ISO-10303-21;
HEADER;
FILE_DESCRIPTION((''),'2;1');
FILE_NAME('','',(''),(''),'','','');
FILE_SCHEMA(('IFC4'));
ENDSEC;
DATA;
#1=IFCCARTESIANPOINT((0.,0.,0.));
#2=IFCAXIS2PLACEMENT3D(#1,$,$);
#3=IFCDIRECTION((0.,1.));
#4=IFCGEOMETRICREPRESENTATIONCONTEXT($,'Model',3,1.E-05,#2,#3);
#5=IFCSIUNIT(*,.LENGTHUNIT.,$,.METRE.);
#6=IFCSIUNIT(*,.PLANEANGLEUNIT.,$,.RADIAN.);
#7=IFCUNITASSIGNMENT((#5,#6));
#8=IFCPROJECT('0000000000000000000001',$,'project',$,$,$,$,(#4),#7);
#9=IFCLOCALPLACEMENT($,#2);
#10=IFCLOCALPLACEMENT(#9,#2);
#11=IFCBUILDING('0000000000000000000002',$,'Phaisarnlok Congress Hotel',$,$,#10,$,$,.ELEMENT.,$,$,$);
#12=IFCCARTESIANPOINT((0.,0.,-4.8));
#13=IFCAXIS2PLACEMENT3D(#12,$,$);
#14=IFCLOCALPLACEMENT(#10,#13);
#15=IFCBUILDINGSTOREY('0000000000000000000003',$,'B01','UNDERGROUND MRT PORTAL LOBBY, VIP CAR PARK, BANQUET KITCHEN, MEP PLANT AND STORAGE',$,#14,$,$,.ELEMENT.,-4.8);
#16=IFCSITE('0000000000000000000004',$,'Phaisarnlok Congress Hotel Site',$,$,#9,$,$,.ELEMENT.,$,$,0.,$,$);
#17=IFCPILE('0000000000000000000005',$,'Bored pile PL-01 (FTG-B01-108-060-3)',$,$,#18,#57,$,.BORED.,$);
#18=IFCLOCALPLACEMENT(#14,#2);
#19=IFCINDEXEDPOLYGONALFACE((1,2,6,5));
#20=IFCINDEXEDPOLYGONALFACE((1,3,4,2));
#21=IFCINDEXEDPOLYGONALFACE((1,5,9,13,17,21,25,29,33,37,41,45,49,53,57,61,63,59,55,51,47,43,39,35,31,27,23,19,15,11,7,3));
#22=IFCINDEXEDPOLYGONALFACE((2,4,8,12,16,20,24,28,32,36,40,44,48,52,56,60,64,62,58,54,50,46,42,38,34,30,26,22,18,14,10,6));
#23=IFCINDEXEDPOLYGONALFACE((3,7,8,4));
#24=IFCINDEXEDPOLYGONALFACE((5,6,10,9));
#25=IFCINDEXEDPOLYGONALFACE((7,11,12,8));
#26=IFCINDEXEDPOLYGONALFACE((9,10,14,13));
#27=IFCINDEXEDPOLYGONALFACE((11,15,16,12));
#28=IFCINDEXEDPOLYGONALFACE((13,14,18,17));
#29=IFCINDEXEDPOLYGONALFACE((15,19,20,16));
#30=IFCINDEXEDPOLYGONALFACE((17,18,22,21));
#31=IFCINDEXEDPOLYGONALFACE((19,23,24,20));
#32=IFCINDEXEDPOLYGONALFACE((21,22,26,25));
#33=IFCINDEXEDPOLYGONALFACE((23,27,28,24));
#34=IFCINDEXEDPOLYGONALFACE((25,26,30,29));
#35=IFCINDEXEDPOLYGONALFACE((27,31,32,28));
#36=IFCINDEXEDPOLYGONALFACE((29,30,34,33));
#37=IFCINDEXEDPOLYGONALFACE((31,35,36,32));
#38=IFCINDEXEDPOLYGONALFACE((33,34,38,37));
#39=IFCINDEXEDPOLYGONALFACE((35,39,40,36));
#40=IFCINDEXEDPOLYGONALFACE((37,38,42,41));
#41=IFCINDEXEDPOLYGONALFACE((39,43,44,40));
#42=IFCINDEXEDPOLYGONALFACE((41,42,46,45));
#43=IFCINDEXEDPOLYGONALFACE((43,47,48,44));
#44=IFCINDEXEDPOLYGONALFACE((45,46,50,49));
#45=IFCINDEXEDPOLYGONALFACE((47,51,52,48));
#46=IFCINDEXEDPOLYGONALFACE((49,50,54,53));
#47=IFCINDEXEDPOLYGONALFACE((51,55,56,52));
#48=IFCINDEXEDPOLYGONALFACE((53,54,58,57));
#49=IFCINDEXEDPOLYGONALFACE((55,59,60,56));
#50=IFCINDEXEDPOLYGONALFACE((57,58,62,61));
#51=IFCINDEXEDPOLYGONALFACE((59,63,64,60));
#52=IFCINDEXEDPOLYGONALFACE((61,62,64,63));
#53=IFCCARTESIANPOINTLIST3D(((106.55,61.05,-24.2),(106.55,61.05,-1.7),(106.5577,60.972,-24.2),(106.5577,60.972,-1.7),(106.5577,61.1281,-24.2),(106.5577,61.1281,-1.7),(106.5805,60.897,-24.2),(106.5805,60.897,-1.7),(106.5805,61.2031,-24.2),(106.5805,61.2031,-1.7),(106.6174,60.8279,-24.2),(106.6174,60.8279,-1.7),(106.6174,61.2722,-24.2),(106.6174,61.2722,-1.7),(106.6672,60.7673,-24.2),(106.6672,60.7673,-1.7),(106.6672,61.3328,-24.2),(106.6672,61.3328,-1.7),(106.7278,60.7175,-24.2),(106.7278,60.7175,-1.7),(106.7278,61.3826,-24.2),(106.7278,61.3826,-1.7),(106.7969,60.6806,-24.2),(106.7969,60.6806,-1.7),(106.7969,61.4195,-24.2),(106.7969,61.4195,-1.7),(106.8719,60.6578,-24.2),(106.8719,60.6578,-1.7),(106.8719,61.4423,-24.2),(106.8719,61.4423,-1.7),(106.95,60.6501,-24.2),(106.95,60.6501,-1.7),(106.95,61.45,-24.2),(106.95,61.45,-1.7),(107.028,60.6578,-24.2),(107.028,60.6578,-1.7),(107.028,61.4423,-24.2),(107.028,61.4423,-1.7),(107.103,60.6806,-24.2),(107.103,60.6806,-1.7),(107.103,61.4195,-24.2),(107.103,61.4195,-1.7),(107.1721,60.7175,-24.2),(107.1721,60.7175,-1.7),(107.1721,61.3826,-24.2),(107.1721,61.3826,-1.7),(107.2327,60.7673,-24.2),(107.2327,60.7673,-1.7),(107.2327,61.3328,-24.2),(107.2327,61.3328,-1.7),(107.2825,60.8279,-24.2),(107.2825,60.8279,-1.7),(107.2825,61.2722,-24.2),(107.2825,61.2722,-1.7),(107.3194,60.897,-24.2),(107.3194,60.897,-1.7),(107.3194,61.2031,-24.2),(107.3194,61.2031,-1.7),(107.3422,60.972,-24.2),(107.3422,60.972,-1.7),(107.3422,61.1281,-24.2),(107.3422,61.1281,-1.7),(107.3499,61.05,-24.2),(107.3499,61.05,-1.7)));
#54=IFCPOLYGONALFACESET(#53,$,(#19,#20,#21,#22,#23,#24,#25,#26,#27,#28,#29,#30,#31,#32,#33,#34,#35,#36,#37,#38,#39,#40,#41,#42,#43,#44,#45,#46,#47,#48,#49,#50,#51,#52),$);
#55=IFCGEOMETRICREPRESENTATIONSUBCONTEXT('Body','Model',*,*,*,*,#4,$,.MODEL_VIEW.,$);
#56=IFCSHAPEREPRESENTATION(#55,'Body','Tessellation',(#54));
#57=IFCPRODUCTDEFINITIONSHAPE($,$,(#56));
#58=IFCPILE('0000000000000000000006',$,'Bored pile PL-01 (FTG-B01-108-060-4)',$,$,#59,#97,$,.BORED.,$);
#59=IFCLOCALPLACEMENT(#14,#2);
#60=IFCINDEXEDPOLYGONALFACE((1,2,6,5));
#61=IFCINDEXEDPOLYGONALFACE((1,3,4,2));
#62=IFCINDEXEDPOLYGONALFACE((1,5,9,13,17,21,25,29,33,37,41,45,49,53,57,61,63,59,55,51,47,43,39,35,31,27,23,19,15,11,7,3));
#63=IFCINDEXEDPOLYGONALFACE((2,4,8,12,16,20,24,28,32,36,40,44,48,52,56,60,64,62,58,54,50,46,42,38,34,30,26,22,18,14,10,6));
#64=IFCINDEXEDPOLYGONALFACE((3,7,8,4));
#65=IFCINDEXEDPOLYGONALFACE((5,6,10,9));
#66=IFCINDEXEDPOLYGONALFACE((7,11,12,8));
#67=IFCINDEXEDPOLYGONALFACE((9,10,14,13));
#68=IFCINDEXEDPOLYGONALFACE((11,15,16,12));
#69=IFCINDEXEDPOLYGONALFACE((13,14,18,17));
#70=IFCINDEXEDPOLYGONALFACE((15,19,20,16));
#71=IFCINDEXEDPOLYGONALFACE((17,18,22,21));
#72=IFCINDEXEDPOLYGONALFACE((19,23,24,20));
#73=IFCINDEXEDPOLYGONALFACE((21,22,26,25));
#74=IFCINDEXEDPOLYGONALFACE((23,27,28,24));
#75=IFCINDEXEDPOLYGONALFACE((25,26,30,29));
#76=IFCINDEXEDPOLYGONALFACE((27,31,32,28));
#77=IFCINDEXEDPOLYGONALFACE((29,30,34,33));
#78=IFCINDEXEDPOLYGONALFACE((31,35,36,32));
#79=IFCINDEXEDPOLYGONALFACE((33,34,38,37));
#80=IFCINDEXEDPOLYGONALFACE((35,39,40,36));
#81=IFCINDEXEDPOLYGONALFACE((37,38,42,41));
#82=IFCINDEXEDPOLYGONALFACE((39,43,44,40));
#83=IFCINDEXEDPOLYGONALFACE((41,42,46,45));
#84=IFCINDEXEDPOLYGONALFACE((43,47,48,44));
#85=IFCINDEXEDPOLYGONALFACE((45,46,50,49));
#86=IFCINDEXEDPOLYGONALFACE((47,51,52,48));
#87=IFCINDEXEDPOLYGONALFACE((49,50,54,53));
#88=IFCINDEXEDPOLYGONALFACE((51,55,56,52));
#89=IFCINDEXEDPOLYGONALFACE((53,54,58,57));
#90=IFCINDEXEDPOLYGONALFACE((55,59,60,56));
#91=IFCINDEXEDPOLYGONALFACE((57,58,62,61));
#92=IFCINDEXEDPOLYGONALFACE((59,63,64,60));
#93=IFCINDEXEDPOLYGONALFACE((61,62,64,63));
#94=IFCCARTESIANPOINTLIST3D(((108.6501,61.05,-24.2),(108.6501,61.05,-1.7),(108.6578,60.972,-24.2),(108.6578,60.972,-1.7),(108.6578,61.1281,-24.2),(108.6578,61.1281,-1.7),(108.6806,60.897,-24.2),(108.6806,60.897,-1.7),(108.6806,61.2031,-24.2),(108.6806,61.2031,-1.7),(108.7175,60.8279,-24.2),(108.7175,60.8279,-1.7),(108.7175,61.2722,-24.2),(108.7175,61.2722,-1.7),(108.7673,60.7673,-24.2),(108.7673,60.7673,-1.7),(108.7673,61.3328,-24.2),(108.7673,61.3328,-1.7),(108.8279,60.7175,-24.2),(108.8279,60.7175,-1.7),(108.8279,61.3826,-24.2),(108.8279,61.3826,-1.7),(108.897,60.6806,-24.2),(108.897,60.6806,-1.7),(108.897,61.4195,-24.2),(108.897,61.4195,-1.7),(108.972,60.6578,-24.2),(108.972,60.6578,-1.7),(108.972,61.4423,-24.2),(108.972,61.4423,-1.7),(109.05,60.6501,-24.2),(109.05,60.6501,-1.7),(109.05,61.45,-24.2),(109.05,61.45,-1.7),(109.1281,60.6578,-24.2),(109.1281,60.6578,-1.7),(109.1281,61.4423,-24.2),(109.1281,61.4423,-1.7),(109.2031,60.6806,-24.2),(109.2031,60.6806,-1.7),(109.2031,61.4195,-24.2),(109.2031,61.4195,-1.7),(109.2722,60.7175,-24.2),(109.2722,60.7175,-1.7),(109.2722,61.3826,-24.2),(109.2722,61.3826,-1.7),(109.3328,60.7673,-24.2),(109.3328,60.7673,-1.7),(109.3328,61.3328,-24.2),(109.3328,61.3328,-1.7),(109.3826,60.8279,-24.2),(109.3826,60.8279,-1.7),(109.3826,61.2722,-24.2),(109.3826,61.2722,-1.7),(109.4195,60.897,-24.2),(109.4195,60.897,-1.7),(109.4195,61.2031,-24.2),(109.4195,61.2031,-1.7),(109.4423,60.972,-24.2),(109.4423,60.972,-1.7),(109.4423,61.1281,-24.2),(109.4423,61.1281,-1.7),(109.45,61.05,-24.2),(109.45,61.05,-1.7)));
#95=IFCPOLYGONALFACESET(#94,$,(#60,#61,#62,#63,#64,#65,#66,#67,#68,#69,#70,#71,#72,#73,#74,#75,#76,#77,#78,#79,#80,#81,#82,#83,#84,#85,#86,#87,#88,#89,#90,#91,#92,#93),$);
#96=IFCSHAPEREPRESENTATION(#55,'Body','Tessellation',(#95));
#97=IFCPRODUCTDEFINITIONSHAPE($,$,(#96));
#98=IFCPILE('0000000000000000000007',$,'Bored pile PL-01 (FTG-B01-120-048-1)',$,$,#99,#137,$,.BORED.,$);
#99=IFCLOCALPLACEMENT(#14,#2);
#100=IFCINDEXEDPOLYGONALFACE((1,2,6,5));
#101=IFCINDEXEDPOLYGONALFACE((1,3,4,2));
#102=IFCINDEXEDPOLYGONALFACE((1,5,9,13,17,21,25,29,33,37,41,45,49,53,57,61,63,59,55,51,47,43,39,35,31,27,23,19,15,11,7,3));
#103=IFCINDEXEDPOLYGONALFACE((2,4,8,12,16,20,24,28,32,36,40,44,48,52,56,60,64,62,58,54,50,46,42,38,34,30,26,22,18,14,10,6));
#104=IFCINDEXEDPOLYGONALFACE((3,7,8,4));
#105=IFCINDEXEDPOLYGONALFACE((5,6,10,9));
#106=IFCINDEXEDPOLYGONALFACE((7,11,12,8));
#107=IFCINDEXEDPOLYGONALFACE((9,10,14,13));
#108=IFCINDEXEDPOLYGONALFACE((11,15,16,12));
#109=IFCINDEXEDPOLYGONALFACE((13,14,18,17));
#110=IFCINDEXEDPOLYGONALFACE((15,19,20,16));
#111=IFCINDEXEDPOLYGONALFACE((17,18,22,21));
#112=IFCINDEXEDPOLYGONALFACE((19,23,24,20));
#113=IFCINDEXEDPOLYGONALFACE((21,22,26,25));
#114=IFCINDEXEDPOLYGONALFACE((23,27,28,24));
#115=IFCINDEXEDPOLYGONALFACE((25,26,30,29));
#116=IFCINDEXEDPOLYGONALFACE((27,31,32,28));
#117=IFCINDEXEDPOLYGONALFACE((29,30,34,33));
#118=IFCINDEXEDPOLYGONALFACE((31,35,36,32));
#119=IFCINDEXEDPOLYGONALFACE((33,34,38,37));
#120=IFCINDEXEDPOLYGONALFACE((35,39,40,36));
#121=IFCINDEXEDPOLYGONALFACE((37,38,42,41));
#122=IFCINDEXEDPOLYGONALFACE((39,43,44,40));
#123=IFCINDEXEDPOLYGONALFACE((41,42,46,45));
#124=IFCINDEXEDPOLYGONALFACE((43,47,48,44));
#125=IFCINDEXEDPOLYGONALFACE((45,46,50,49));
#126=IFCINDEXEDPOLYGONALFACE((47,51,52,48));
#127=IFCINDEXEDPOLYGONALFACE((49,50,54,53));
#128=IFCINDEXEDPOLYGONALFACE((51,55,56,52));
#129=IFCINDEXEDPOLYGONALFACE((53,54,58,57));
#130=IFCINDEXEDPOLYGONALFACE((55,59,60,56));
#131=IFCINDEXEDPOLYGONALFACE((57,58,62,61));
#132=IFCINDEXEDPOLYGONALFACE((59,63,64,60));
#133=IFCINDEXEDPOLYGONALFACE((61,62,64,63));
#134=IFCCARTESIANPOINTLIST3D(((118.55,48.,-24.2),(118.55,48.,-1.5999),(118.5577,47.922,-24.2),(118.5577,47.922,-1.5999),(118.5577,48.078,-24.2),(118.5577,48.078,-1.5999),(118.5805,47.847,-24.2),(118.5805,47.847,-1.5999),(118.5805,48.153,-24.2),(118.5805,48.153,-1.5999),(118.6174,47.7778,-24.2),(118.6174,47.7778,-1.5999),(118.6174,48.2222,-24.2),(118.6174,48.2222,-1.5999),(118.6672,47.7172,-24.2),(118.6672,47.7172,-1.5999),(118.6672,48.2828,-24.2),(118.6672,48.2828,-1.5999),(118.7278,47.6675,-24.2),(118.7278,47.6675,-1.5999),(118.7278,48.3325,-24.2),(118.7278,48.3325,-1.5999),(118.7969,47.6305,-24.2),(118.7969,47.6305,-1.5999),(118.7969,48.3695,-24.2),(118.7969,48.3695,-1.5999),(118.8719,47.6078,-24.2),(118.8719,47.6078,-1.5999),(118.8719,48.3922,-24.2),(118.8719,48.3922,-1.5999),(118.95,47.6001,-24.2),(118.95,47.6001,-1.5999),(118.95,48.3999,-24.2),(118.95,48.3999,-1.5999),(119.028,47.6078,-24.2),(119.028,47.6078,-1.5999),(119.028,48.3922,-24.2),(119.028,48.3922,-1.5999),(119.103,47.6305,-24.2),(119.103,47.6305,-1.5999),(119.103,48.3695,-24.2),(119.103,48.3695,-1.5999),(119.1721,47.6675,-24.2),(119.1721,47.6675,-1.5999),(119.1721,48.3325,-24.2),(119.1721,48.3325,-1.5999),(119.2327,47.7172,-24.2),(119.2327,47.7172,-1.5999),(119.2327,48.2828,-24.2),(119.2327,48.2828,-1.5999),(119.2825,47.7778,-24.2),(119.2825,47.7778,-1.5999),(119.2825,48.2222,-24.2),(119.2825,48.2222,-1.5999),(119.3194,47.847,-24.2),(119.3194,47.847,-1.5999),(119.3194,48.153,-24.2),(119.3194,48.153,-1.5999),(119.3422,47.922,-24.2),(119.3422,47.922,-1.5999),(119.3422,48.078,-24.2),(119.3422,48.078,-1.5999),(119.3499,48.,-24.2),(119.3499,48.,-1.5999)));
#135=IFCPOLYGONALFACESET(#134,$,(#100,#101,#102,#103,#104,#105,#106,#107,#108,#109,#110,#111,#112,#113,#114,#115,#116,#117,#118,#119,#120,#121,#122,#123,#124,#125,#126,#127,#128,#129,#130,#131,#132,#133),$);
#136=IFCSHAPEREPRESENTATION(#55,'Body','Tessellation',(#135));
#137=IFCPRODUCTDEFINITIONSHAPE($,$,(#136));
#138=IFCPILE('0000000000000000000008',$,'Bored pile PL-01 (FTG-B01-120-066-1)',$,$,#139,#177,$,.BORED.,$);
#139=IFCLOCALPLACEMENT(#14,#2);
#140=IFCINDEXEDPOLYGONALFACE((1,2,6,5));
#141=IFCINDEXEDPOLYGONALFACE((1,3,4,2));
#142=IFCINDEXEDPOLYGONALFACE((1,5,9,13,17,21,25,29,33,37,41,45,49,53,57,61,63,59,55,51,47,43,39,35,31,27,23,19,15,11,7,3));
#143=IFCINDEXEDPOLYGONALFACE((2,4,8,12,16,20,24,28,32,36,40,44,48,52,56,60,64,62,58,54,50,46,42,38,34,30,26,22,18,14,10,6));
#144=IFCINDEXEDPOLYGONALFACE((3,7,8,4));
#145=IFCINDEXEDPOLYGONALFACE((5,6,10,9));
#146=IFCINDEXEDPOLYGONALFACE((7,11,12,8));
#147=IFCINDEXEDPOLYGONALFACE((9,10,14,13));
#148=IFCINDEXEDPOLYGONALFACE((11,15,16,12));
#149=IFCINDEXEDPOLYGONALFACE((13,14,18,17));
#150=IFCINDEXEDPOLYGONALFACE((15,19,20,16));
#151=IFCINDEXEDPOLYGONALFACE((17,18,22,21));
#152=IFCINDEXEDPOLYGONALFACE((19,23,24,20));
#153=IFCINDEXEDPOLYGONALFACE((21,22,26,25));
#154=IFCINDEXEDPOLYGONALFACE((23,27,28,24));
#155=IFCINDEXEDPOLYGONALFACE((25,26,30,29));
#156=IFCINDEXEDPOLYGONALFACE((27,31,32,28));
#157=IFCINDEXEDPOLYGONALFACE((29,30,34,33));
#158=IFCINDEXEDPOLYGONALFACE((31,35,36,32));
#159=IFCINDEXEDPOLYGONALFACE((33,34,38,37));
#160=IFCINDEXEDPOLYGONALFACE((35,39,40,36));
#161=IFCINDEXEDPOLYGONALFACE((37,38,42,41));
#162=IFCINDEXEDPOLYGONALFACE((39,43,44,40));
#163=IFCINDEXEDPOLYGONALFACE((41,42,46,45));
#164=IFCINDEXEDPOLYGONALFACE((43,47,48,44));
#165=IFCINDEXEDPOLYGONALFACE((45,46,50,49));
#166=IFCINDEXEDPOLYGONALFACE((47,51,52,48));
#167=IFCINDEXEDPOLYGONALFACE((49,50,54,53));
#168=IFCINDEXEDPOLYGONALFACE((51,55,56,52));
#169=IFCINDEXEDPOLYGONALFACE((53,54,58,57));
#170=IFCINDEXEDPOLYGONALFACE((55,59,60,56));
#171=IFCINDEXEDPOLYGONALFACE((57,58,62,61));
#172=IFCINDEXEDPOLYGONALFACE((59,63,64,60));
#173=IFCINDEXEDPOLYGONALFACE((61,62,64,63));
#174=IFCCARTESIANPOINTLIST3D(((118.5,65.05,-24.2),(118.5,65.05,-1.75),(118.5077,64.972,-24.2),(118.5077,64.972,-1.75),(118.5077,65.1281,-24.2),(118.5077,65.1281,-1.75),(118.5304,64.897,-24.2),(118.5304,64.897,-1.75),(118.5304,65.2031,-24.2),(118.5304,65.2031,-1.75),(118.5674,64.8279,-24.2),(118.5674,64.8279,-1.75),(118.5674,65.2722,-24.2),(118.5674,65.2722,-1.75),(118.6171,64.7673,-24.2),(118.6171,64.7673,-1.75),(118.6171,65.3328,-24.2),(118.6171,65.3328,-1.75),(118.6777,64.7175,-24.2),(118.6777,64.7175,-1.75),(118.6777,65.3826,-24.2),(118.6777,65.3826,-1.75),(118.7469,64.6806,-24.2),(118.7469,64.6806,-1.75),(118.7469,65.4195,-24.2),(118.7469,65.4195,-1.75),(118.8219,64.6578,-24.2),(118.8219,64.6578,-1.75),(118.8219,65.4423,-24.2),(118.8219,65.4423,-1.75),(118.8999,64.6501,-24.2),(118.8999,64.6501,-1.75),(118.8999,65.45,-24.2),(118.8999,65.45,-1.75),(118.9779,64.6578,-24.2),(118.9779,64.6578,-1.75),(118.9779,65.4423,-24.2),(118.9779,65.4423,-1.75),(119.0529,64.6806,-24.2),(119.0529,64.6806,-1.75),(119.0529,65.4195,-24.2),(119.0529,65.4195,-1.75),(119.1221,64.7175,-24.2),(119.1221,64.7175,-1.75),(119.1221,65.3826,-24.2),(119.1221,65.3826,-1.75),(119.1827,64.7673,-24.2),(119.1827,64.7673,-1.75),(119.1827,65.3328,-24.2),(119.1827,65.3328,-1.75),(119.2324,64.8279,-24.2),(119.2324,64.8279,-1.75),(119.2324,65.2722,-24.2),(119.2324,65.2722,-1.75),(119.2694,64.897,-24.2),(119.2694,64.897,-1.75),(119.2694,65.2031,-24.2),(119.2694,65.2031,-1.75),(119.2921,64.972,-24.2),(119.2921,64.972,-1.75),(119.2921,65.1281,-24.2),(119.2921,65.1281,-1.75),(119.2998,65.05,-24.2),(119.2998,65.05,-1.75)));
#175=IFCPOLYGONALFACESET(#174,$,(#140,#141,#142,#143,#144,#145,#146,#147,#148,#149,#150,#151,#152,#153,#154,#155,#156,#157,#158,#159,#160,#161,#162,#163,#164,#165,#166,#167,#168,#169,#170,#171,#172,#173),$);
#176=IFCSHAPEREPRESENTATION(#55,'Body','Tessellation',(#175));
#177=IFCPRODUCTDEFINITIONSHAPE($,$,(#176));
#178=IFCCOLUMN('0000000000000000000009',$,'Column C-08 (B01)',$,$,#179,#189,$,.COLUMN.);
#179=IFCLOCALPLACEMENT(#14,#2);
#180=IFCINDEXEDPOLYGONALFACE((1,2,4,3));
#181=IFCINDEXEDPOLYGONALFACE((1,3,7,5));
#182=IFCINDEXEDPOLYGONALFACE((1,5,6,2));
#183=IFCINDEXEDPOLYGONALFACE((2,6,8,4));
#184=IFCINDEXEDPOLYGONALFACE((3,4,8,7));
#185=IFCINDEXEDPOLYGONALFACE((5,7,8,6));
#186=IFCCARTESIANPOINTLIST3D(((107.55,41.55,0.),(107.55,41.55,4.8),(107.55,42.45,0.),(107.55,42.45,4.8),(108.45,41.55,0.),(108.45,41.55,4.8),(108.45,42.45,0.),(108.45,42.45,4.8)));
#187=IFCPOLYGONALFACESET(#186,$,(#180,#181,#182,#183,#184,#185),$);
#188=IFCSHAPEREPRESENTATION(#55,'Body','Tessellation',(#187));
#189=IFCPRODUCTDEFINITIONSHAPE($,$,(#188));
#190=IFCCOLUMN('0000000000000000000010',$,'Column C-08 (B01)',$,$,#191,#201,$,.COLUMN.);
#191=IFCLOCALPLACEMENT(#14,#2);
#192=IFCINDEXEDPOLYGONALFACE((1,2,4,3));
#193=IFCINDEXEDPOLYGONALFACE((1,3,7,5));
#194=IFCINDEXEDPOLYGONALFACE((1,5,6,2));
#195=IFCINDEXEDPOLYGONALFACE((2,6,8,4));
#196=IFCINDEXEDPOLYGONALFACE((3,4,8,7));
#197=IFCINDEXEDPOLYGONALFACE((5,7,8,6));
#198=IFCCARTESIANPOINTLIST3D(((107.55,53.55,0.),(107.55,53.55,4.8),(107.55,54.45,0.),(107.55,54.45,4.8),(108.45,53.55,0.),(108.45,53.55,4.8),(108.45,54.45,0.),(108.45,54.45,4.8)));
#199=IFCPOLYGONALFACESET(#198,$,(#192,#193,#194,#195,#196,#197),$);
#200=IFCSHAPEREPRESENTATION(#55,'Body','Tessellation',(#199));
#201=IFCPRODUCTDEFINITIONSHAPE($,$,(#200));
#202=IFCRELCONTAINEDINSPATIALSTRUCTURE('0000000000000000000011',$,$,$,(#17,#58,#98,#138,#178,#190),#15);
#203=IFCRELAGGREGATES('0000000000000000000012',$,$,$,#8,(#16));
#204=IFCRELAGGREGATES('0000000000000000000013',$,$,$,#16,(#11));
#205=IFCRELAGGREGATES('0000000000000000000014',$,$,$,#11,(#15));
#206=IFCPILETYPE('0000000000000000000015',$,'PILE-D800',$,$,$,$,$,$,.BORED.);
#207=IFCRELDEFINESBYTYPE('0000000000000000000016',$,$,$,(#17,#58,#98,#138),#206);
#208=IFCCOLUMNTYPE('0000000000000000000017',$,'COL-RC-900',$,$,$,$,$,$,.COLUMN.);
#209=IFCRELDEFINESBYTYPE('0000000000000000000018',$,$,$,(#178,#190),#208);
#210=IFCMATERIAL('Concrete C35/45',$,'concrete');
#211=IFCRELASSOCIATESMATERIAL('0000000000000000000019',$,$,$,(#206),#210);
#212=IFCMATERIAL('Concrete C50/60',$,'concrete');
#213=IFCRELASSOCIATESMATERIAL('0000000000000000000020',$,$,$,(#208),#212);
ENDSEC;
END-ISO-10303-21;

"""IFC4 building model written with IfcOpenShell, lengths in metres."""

from ifc_helpers import new_model, si_unit, direction, frame, origin, origin_2d, place, context, subcontext, project, spatial, rectangle, circle, extrude, material, material_profile, profile_set, type_object, element, save


model = new_model("IFC4")

# Units and contexts
model_context = context("Model", 3, precision=1e-05, world=origin(), true_north=direction((0.0, 1.0)))
body_context = subcontext(model_context, "Body", "Model", "MODEL_VIEW")
ifc_project = project(units=[si_unit("LENGTHUNIT", "METRE"), si_unit("PLANEANGLEUNIT", "RADIAN")], contexts=[model_context])

# Site, building, storey
site_placement = place(None, origin())
site = spatial("IfcSite", under=ifc_project, at=site_placement, Name="Phaisarnlok Congress Hotel Site", CompositionType="ELEMENT", RefElevation=0.0)
building_placement = place(site_placement, origin())
building = spatial("IfcBuilding", under=site, at=building_placement, Name="Phaisarnlok Congress Hotel", CompositionType="ELEMENT")
storey_placement = place(building_placement, frame((0.0, 0.0, -4.8)))
storey = spatial("IfcBuildingStorey", under=building, at=storey_placement, Name="B01", Description="UNDERGROUND MRT PORTAL LOBBY, VIP CAR PARK, BANQUET KITCHEN, MEP PLANT AND STORAGE", CompositionType="ELEMENT", Elevation=-4.8)

# Piles
ifc_material_1 = material(Name="Concrete C35/45", Category="concrete")
ifc_material_profile_1 = material_profile(ifc_material_1, circle(Radius=0.3999, at=origin_2d()), Name="BORED PILE D800")
ifc_profile_set_1 = profile_set([ifc_material_profile_1], Name="Concrete C35/45")
pile_type_1 = type_object("IfcPileType", Name="PILE-D800", PredefinedType="BORED", material=ifc_profile_set_1)
for number, where, z_axis, x_axis, name in (
    (1, (106.95, 61.05, -1.7), (0.0, 0.0, -1.0), (1.0, 0.0, 0.0), "Bored pile PL-01 (FTG-B01-108-060-3)"),
    (2, (109.05, 61.05, -1.7), (0.0, 0.0, -1.0), (1.0, 0.0, 0.0), "Bored pile PL-01 (FTG-B01-108-060-4)"),
):
    element("IfcPile", number, at=place(storey_placement, frame(where, z_axis=z_axis, x_axis=x_axis)), inside=storey, type_object=pile_type_1, Name=name, PredefinedType="BORED", context=body_context, shape_type="SweptSolid", body=[
        extrude(circle(Radius=0.3999, at=origin_2d()), origin(), (0.0, 0.0, 1.0), 22.5),
    ])
pile_1_placement = place(storey_placement, frame((118.95, 48.0, -1.5999), z_axis=(0.0, 0.0, -1.0), x_axis=(1.0, 0.0, 0.0)))
element("IfcPile", 3, at=pile_1_placement, inside=storey, type_object=pile_type_1, Name="Bored pile PL-01 (FTG-B01-120-048-1)", PredefinedType="BORED", context=body_context, shape_type="SweptSolid", body=[
    extrude(circle(Radius=0.3999, at=origin_2d()), origin(), (0.0, 0.0, 1.0), 22.6001),
])
pile_2_placement = place(storey_placement, frame((118.8999, 65.05, -1.75), z_axis=(0.0, 0.0, -1.0), x_axis=(1.0, 0.0, 0.0)))
element("IfcPile", 4, at=pile_2_placement, inside=storey, type_object=pile_type_1, Name="Bored pile PL-01 (FTG-B01-120-066-1)", PredefinedType="BORED", context=body_context, shape_type="SweptSolid", body=[
    extrude(circle(Radius=0.3999, at=origin_2d()), origin(), (0.0, 0.0, 1.0), 22.45),
])

# Columns
ifc_material_2 = material(Name="Concrete C50/60", Category="concrete")
ifc_material_profile_2 = material_profile(ifc_material_2, rectangle(XDim=0.8999, YDim=0.8999, at=origin_2d()), Name="RC 900x900")
ifc_profile_set_2 = profile_set([ifc_material_profile_2], Name="Concrete C50/60")
column_type = type_object("IfcColumnType", Name="COL-RC-900", PredefinedType="COLUMN", material=ifc_profile_set_2)
for number, where, z_axis, x_axis, name in (
    (5, (108.0, 42.0, 0.0), (0.0, 0.0, 1.0), (1.0, 0.0, 0.0), "Column C-08 (B01)"),
    (6, (108.0, 54.0, 0.0), (0.0, 0.0, 1.0), (1.0, 0.0, 0.0), "Column C-08 (B01)"),
):
    element("IfcColumn", number, at=place(storey_placement, frame(where, z_axis=z_axis, x_axis=x_axis)), inside=storey, type_object=column_type, Name=name, PredefinedType="COLUMN", context=body_context, shape_type="SweptSolid", body=[
        extrude(rectangle(XDim=0.8999, YDim=0.8999, at=origin_2d()), origin(), (0.0, 0.0, 1.0), 4.8),
    ])

save(model, "model.ifc")
